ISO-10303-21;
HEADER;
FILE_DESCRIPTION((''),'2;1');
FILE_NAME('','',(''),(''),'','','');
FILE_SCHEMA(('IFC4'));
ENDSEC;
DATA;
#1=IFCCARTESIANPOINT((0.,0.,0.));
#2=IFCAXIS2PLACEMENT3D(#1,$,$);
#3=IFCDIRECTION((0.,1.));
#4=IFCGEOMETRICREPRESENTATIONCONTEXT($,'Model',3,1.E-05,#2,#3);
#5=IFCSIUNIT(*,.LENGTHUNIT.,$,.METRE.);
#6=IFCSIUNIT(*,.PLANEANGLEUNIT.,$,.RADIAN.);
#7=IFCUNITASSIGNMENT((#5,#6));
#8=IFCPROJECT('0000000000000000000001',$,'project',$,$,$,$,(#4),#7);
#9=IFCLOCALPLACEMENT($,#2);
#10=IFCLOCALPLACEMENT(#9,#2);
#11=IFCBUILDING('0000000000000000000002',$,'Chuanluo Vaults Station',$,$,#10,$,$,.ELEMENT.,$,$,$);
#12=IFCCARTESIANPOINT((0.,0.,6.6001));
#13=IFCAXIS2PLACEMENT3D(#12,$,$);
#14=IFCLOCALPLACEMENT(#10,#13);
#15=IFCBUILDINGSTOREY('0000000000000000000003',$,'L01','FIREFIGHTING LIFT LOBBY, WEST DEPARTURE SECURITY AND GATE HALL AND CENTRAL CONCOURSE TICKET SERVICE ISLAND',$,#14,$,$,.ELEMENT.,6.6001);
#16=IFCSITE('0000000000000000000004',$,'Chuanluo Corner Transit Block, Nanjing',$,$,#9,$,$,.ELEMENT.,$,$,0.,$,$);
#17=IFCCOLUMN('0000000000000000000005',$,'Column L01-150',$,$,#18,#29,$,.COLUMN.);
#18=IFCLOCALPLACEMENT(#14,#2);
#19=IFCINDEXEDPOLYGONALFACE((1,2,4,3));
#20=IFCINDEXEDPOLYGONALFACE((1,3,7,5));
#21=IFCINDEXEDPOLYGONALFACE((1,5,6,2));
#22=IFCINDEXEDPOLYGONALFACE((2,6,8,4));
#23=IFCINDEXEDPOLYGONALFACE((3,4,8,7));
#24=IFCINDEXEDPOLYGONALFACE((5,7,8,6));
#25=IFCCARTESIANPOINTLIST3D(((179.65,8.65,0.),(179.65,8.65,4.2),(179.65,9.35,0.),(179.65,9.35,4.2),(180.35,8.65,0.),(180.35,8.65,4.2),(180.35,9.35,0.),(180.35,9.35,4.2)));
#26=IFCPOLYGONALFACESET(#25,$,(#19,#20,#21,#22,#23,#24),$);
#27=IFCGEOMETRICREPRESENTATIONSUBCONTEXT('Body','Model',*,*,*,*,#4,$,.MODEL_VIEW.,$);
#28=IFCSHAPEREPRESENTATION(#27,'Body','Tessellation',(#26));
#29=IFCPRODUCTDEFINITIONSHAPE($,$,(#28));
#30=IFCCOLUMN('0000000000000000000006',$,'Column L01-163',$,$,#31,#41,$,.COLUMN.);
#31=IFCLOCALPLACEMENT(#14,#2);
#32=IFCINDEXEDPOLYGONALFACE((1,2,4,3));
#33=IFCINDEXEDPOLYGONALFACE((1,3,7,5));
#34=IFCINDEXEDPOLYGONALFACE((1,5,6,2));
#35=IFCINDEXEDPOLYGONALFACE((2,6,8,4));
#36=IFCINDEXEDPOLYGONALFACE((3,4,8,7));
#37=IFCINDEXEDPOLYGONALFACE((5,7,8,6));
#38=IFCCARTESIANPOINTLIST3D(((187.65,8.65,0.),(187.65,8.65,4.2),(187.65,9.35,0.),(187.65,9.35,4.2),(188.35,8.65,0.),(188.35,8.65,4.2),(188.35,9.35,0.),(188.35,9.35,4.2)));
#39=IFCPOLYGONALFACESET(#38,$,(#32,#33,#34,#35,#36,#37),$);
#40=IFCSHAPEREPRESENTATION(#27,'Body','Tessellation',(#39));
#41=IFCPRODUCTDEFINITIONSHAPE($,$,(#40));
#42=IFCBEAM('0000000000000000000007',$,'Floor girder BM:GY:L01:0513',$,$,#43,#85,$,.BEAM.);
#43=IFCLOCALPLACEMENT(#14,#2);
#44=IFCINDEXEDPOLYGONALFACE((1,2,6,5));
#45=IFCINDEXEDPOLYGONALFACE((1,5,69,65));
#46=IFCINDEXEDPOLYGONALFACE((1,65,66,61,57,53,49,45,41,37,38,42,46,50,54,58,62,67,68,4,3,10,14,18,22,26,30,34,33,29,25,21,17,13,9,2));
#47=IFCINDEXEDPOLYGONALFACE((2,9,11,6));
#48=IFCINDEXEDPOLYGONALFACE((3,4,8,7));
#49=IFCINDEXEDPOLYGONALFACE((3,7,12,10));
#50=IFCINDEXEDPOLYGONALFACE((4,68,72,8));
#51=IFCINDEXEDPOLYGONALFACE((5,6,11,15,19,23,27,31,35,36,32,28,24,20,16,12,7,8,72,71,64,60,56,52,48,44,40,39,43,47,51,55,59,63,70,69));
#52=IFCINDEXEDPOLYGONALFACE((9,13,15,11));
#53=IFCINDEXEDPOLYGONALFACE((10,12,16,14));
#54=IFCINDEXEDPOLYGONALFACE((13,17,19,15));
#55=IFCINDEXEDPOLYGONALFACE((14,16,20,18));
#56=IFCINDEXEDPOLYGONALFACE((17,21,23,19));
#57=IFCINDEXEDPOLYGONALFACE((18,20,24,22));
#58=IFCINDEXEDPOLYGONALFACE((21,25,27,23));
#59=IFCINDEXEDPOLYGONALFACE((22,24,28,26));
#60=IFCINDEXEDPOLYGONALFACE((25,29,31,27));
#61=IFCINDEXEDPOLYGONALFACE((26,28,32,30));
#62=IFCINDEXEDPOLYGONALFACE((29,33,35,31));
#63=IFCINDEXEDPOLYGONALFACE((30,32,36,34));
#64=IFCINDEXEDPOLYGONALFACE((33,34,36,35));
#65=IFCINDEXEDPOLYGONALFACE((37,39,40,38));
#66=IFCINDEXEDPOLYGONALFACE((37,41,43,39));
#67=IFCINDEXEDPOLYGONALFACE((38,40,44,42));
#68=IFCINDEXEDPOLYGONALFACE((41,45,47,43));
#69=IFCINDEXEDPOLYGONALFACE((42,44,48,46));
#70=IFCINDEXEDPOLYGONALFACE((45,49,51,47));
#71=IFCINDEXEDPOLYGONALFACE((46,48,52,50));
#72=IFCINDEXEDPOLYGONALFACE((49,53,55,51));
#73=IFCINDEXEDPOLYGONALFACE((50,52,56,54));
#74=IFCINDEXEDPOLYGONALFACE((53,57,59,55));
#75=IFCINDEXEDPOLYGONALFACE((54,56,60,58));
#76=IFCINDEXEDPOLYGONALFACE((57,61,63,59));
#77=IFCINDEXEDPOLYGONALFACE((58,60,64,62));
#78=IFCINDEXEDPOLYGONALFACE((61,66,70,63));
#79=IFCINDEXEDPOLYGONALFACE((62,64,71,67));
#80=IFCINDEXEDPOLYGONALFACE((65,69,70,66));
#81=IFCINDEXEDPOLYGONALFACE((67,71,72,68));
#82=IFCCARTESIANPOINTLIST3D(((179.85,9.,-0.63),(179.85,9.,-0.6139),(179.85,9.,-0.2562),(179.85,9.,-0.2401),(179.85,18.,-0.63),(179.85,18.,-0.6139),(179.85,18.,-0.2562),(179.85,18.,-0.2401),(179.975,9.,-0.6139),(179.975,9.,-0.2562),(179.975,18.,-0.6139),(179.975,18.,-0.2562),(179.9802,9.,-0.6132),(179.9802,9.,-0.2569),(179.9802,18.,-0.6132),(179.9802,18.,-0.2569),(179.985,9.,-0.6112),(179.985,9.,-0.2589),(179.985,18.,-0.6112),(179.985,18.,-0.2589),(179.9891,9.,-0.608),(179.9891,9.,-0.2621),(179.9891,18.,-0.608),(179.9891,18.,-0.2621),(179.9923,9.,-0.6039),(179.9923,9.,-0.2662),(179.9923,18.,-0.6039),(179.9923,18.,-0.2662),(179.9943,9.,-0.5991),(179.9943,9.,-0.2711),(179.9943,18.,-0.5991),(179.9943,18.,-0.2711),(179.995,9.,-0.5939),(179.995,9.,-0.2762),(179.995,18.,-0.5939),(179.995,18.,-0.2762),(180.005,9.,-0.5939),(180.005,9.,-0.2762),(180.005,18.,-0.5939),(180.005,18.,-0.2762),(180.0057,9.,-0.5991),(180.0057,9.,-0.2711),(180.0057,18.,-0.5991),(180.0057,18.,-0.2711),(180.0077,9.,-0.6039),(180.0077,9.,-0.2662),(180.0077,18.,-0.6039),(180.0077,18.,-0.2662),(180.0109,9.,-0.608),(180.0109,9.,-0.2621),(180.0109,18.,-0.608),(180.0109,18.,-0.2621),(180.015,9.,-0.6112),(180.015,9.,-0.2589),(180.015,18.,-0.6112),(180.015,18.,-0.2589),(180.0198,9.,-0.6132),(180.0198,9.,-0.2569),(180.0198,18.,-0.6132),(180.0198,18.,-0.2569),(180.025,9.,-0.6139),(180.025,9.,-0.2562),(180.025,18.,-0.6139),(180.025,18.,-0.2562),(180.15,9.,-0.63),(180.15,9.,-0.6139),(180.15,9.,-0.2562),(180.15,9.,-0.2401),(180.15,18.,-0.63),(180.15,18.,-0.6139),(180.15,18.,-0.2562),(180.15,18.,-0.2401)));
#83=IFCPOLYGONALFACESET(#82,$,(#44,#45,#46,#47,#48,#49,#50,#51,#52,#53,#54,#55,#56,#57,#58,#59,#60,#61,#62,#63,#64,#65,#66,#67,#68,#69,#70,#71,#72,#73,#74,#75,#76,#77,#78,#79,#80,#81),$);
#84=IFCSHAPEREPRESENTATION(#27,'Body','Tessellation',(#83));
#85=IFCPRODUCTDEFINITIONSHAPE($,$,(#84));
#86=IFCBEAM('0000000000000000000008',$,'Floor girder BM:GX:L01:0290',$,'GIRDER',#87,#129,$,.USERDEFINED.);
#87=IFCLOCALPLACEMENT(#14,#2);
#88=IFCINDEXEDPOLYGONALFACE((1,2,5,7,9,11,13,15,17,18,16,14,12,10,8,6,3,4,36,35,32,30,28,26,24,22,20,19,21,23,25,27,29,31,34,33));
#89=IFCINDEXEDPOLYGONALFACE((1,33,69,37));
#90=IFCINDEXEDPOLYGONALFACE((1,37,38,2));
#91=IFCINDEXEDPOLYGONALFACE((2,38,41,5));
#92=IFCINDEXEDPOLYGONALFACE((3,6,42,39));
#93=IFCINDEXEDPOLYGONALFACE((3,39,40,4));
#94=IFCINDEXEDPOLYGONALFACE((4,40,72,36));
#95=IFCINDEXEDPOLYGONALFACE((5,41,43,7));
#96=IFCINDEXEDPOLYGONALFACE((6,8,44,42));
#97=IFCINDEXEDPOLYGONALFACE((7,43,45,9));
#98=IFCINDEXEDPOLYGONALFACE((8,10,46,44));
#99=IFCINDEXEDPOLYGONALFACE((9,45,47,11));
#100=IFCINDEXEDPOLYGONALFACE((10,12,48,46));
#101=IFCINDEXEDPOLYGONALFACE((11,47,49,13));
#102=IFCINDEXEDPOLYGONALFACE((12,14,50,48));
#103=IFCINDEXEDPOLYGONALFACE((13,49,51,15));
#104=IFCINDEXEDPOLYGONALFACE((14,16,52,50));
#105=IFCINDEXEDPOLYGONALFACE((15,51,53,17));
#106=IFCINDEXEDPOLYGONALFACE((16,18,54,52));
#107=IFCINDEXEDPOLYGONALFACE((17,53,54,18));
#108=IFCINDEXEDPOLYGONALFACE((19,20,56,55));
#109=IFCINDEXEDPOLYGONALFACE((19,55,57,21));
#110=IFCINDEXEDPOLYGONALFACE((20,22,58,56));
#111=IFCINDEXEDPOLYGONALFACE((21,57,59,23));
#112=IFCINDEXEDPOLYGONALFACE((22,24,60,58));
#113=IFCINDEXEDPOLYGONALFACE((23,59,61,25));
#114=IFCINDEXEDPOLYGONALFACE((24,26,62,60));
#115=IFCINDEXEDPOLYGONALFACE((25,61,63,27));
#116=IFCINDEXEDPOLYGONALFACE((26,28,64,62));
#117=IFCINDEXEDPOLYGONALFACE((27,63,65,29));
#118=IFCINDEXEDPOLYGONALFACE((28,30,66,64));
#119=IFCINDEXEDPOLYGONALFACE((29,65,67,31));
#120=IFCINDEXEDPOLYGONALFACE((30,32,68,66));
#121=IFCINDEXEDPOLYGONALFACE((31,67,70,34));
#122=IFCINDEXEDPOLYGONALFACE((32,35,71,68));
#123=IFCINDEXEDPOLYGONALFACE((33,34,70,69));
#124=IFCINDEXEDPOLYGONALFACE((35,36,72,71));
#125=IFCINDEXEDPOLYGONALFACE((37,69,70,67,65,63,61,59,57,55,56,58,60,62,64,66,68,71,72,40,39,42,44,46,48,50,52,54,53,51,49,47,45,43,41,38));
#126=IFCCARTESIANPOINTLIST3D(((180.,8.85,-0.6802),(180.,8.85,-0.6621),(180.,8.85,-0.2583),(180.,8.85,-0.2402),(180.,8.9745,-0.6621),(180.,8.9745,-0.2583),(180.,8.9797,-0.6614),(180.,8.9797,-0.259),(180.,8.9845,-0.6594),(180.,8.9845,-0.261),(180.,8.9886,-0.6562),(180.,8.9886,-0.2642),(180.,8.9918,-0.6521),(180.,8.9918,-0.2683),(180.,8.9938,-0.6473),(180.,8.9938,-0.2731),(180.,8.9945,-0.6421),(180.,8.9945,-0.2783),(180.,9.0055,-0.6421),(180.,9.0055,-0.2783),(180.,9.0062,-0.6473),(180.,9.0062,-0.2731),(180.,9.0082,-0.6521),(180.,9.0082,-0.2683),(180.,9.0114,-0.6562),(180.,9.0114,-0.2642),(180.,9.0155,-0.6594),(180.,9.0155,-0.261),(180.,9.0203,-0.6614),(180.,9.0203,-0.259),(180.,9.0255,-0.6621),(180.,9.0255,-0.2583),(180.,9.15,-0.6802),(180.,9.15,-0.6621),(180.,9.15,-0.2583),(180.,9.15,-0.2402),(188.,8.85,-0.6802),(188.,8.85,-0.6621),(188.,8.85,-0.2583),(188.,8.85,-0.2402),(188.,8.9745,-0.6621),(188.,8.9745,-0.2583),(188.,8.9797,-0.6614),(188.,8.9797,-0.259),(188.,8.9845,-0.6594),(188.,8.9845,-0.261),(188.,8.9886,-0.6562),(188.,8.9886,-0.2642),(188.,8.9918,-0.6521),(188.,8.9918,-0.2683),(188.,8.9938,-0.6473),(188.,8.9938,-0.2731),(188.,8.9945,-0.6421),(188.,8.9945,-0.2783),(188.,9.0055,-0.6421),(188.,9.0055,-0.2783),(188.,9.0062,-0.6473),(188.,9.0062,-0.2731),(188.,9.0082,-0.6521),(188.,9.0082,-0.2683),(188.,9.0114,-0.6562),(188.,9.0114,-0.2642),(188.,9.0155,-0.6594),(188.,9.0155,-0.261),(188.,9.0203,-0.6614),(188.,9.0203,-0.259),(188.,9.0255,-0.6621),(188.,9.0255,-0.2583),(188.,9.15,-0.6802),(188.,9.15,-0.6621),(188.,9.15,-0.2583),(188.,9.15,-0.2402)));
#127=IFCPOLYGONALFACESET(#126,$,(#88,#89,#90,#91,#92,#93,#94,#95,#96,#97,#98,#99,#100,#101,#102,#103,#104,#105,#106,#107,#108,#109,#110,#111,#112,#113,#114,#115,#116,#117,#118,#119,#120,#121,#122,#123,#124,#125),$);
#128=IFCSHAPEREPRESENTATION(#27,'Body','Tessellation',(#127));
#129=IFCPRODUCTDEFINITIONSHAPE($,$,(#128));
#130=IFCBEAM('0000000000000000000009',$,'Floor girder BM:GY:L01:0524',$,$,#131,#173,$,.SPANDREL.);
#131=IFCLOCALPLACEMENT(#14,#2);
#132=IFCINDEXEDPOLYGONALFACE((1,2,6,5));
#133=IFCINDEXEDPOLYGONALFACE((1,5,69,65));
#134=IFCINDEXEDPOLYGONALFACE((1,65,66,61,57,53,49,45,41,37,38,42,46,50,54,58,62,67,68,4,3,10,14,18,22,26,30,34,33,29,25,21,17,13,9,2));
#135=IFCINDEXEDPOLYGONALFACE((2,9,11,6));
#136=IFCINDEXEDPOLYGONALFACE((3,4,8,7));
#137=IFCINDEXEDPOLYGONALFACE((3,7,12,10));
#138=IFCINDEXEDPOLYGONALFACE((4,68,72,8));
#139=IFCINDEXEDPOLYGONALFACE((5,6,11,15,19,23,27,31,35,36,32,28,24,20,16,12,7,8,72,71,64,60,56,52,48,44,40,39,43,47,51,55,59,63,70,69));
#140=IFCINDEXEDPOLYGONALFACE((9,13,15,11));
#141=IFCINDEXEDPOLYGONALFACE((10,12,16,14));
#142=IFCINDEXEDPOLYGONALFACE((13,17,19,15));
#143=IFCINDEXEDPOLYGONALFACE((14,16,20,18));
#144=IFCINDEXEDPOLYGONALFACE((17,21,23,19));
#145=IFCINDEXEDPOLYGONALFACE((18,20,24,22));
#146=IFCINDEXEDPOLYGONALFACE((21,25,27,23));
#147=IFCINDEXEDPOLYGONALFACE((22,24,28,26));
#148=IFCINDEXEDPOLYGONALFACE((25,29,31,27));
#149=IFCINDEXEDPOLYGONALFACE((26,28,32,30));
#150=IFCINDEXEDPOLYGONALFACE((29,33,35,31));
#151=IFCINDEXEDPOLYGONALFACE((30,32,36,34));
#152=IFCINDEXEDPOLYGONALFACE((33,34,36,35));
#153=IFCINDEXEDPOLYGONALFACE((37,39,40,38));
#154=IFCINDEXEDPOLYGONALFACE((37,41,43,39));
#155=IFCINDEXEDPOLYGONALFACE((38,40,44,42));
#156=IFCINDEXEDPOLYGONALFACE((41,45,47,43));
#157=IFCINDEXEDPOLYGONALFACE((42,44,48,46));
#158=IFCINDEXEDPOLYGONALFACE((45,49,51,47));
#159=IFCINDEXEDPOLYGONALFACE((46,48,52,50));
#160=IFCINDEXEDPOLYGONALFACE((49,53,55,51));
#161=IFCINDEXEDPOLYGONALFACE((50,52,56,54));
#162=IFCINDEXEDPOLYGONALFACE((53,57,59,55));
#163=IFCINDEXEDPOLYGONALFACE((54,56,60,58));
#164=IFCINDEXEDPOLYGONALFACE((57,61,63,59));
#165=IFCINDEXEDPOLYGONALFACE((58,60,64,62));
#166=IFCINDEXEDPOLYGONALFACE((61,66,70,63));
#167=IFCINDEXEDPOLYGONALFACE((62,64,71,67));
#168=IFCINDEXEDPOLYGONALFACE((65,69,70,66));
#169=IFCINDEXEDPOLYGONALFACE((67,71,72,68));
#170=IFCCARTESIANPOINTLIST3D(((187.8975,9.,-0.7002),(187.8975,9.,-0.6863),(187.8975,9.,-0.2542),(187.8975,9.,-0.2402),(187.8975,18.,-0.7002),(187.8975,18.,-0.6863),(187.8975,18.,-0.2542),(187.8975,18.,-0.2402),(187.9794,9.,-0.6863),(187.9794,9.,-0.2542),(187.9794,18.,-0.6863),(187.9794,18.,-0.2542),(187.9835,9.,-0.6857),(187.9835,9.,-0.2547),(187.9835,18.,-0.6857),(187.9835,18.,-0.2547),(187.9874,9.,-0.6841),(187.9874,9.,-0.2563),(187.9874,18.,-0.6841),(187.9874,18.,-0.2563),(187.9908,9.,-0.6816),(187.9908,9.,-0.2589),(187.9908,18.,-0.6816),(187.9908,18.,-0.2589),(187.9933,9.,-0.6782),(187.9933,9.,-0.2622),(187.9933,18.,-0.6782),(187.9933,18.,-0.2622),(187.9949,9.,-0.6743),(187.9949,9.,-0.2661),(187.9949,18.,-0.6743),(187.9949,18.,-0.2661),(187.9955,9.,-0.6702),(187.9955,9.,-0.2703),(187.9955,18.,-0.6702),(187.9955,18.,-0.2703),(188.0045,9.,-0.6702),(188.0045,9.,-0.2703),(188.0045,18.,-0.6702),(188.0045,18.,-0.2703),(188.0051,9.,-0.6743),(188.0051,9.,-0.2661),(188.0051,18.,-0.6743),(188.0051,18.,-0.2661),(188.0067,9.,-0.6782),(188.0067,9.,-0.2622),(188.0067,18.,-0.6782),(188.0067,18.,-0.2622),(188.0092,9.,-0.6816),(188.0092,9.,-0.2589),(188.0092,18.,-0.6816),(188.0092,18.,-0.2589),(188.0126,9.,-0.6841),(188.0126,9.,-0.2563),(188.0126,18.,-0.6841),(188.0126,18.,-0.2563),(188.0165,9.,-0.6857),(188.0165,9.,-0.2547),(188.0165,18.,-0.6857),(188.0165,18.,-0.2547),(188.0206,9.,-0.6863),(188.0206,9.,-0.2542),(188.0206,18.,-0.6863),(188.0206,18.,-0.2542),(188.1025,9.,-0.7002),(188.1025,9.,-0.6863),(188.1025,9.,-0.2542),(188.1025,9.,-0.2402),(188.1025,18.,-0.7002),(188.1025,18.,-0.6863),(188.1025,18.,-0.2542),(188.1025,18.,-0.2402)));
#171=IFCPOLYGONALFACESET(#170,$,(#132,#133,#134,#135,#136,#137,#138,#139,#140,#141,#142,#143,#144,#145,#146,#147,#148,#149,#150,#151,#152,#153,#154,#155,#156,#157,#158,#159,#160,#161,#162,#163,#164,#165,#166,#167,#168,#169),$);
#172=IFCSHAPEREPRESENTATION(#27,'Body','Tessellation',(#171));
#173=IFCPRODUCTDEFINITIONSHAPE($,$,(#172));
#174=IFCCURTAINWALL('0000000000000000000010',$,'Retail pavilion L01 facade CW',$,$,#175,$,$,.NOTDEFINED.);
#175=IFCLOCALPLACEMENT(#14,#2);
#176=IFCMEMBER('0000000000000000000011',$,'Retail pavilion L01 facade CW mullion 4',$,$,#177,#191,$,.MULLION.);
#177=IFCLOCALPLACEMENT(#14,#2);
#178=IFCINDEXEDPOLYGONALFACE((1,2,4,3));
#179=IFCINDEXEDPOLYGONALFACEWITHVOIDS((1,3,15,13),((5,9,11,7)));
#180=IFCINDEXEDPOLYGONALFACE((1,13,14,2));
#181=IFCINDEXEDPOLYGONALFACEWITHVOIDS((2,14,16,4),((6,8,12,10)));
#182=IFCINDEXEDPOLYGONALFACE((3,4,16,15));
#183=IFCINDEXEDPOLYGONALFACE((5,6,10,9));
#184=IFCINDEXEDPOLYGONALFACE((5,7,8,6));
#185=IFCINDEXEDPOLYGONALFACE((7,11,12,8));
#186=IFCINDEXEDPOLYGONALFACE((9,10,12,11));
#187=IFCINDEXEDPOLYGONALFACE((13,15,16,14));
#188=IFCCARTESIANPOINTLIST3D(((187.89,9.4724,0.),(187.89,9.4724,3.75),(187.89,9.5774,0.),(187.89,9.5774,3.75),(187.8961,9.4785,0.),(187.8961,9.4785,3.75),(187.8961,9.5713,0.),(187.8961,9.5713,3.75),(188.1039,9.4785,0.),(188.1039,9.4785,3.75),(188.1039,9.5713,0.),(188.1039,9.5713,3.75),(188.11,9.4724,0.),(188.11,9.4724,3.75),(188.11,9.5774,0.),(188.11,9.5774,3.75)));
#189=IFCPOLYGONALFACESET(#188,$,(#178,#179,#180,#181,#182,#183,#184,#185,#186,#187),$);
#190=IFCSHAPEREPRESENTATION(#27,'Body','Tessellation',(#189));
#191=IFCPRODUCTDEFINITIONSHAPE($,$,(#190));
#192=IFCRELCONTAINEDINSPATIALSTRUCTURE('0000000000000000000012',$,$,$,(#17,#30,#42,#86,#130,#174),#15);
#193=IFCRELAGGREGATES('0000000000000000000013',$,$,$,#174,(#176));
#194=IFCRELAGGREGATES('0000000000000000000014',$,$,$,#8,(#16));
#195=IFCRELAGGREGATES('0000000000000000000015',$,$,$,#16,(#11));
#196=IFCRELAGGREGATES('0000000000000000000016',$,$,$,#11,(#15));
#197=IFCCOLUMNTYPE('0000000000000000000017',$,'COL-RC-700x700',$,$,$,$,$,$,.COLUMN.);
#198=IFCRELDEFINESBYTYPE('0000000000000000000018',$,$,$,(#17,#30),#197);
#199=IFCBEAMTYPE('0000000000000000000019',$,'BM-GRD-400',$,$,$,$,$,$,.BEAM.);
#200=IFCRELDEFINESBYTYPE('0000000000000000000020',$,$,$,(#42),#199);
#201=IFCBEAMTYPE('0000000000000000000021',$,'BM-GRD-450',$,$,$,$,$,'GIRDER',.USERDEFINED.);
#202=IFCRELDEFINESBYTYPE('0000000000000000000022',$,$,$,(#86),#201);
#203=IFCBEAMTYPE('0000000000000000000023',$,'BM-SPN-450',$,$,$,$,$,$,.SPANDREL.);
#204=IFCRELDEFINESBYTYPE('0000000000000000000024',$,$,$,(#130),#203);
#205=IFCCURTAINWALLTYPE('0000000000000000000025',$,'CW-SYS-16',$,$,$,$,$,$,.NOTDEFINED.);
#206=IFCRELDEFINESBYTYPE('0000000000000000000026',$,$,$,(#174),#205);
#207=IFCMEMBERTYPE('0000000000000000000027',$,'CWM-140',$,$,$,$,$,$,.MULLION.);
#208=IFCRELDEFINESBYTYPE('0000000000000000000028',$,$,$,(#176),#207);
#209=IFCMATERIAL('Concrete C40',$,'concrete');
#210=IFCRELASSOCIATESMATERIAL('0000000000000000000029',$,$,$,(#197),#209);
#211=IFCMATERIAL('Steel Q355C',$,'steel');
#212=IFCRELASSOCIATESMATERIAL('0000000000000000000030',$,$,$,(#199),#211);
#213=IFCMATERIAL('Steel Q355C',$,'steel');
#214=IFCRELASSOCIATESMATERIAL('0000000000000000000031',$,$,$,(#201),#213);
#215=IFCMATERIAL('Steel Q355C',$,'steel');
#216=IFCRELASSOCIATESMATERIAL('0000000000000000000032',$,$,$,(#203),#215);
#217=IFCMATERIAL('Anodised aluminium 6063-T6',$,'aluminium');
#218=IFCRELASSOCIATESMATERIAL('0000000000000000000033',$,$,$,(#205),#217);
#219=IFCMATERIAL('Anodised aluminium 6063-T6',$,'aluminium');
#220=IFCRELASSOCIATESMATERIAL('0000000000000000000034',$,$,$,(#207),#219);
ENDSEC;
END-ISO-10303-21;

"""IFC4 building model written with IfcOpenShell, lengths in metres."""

from ifc_helpers import new_model, si_unit, direction, frame, origin, origin_2d, place, context, subcontext, project, spatial, rectangle, hollow_rectangle, i_section, extrude, material, material_profile, profile_set, type_object, element, aggregate, save


model = new_model("IFC4")

# Units and contexts
model_context = context("Model", 3, precision=1e-05, world=origin(), true_north=direction((0.0, 1.0)))
body_context = subcontext(model_context, "Body", "Model", "MODEL_VIEW")
ifc_project = project(units=[si_unit("LENGTHUNIT", "METRE"), si_unit("PLANEANGLEUNIT", "RADIAN")], contexts=[model_context])

# Site, building, storey
site_placement = place(None, origin())
site = spatial("IfcSite", under=ifc_project, at=site_placement, Name="Chuanluo Corner Transit Block, Nanjing", CompositionType="ELEMENT", RefElevation=0.0)
building_placement = place(site_placement, origin())
building = spatial("IfcBuilding", under=site, at=building_placement, Name="Chuanluo Vaults Station", CompositionType="ELEMENT")
storey_placement = place(building_placement, frame((0.0, 0.0, 6.6001)))
storey = spatial("IfcBuildingStorey", under=building, at=storey_placement, Name="L01", Description="FIREFIGHTING LIFT LOBBY, WEST DEPARTURE SECURITY AND GATE HALL AND CENTRAL CONCOURSE TICKET SERVICE ISLAND", CompositionType="ELEMENT", Elevation=6.6001)

# Columns
ifc_material_1 = material(Name="Concrete C40", Category="concrete")
ifc_material_profile_1 = material_profile(ifc_material_1, rectangle(XDim=0.7, YDim=0.7, at=origin_2d()))
ifc_profile_set_1 = profile_set([ifc_material_profile_1], Name="Concrete C40")
column_type = type_object("IfcColumnType", Name="COL-RC-700x700", PredefinedType="COLUMN", material=ifc_profile_set_1)
for number, where, z_axis, x_axis, name in (
    (1, (180.0, 9.0, 0.0), (0.0, 0.0, 1.0), (1.0, 0.0, 0.0), "Column L01-150"),
    (2, (188.0, 9.0, 0.0), (0.0, 0.0, 1.0), (1.0, 0.0, 0.0), "Column L01-163"),
):
    element("IfcColumn", number, at=place(storey_placement, frame(where, z_axis=z_axis, x_axis=x_axis)), inside=storey, type_object=column_type, Name=name, PredefinedType="COLUMN", context=body_context, shape_type="SweptSolid", body=[
        extrude(rectangle(XDim=0.7, YDim=0.7, at=origin_2d()), origin(), (0.0, 0.0, 1.0), 4.2),
    ])

# Beams
ifc_material_2 = material(Name="Steel Q355C", Category="steel")
ifc_material_profile_2 = material_profile(ifc_material_2, i_section(OverallWidth=0.3, OverallDepth=0.3899, WebThickness=0.01, FlangeThickness=0.0161, FilletRadius=0.02, at=origin_2d()))
ifc_profile_set_2 = profile_set([ifc_material_profile_2], Name="Steel Q355C")
beam_type_1 = type_object("IfcBeamType", Name="BM-GRD-400", PredefinedType="BEAM", material=ifc_profile_set_2)
beam_1_placement = place(storey_placement, frame((180.0, 9.0, -0.4351), z_axis=(0.0, 1.0, 0.0), x_axis=(-1.0, 0.0, 0.0)))
element("IfcBeam", 3, at=beam_1_placement, inside=storey, type_object=beam_type_1, Name="Floor girder BM:GY:L01:0513", PredefinedType="BEAM", context=body_context, shape_type="SweptSolid", body=[
    extrude(i_section(OverallWidth=0.3, OverallDepth=0.3899, WebThickness=0.01, FlangeThickness=0.0161, FilletRadius=0.02, at=origin_2d()), origin(), (0.0, 0.0, 1.0), 9.0),
])
ifc_material_3 = material(Name="Steel Q355C", Category="steel")
ifc_material_profile_3 = material_profile(ifc_material_3, i_section(OverallWidth=0.3, OverallDepth=0.4399, WebThickness=0.011, FlangeThickness=0.0181, FilletRadius=0.02, at=origin_2d()))
ifc_profile_set_3 = profile_set([ifc_material_profile_3], Name="Steel Q355C")
beam_type_2 = type_object("IfcBeamType", Name="BM-GRD-450", ElementType="GIRDER", PredefinedType="USERDEFINED", material=ifc_profile_set_3)
beam_2_placement = place(storey_placement, frame((180.0, 9.0, -0.4602), z_axis=(1.0, 0.0, 0.0), x_axis=(0.0, 1.0, 0.0)))
element("IfcBeam", 4, at=beam_2_placement, inside=storey, type_object=beam_type_2, Name="Floor girder BM:GX:L01:0290", ObjectType="GIRDER", PredefinedType="USERDEFINED", context=body_context, shape_type="SweptSolid", body=[
    extrude(i_section(OverallWidth=0.3, OverallDepth=0.4399, WebThickness=0.011, FlangeThickness=0.0181, FilletRadius=0.02, at=origin_2d()), origin(), (0.0, 0.0, 1.0), 8.0),
])
ifc_material_4 = material(Name="Steel Q355C", Category="steel")
ifc_material_profile_4 = material_profile(ifc_material_4, i_section(OverallWidth=0.2051, OverallDepth=0.46, WebThickness=0.009, FlangeThickness=0.0139, FilletRadius=0.0161, at=origin_2d()))
ifc_profile_set_4 = profile_set([ifc_material_profile_4], Name="Steel Q355C")
beam_type_3 = type_object("IfcBeamType", Name="BM-SPN-450", PredefinedType="SPANDREL", material=ifc_profile_set_4)
beam_3_placement = place(storey_placement, frame((188.0, 9.0, -0.4702), z_axis=(0.0, 1.0, 0.0), x_axis=(-1.0, 0.0, 0.0)))
element("IfcBeam", 5, at=beam_3_placement, inside=storey, type_object=beam_type_3, Name="Floor girder BM:GY:L01:0524", PredefinedType="SPANDREL", context=body_context, shape_type="SweptSolid", body=[
    extrude(i_section(OverallWidth=0.2051, OverallDepth=0.46, WebThickness=0.009, FlangeThickness=0.0139, FilletRadius=0.0161, at=origin_2d()), origin(), (0.0, 0.0, 1.0), 9.0),
])

# Curtain wall, member
ifc_material_5 = material(Name="Anodised aluminium 6063-T6", Category="aluminium")
curtain_wall_type_1 = type_object("IfcCurtainWallType", Name="CW-SYS-16", PredefinedType="NOTDEFINED", material=ifc_material_5)
curtain_wall_1_placement = place(storey_placement, origin())
curtain_wall_1 = element("IfcCurtainWall", 6, at=curtain_wall_1_placement, inside=storey, type_object=curtain_wall_type_1, Name="Retail pavilion L01 facade CW", PredefinedType="NOTDEFINED")
ifc_material_6 = material(Name="Anodised aluminium 6063-T6", Category="aluminium")
ifc_material_profile_5 = material_profile(ifc_material_6, hollow_rectangle(XDim=0.105, YDim=0.22, WallThickness=0.0061, at=origin_2d()))
ifc_profile_set_5 = profile_set([ifc_material_profile_5], Name="Anodised aluminium 6063-T6")
member_type_1 = type_object("IfcMemberType", Name="CWM-140", PredefinedType="MULLION", material=ifc_profile_set_5)
member_1_placement = place(storey_placement, frame((188.0, 9.5249, 0.0), z_axis=(0.0, 0.0, 1.0), x_axis=(0.0, -1.0, 0.0)))
member_1 = element("IfcMember", 7, at=member_1_placement, type_object=member_type_1, Name="Retail pavilion L01 facade CW mullion 4", PredefinedType="MULLION", context=body_context, shape_type="SweptSolid", body=[
    extrude(hollow_rectangle(XDim=0.105, YDim=0.22, WallThickness=0.0061, at=origin_2d()), origin(), (0.0, 0.0, 1.0), 3.75),
])

aggregate(curtain_wall_1, [member_1])

save(model, "model.ifc")
